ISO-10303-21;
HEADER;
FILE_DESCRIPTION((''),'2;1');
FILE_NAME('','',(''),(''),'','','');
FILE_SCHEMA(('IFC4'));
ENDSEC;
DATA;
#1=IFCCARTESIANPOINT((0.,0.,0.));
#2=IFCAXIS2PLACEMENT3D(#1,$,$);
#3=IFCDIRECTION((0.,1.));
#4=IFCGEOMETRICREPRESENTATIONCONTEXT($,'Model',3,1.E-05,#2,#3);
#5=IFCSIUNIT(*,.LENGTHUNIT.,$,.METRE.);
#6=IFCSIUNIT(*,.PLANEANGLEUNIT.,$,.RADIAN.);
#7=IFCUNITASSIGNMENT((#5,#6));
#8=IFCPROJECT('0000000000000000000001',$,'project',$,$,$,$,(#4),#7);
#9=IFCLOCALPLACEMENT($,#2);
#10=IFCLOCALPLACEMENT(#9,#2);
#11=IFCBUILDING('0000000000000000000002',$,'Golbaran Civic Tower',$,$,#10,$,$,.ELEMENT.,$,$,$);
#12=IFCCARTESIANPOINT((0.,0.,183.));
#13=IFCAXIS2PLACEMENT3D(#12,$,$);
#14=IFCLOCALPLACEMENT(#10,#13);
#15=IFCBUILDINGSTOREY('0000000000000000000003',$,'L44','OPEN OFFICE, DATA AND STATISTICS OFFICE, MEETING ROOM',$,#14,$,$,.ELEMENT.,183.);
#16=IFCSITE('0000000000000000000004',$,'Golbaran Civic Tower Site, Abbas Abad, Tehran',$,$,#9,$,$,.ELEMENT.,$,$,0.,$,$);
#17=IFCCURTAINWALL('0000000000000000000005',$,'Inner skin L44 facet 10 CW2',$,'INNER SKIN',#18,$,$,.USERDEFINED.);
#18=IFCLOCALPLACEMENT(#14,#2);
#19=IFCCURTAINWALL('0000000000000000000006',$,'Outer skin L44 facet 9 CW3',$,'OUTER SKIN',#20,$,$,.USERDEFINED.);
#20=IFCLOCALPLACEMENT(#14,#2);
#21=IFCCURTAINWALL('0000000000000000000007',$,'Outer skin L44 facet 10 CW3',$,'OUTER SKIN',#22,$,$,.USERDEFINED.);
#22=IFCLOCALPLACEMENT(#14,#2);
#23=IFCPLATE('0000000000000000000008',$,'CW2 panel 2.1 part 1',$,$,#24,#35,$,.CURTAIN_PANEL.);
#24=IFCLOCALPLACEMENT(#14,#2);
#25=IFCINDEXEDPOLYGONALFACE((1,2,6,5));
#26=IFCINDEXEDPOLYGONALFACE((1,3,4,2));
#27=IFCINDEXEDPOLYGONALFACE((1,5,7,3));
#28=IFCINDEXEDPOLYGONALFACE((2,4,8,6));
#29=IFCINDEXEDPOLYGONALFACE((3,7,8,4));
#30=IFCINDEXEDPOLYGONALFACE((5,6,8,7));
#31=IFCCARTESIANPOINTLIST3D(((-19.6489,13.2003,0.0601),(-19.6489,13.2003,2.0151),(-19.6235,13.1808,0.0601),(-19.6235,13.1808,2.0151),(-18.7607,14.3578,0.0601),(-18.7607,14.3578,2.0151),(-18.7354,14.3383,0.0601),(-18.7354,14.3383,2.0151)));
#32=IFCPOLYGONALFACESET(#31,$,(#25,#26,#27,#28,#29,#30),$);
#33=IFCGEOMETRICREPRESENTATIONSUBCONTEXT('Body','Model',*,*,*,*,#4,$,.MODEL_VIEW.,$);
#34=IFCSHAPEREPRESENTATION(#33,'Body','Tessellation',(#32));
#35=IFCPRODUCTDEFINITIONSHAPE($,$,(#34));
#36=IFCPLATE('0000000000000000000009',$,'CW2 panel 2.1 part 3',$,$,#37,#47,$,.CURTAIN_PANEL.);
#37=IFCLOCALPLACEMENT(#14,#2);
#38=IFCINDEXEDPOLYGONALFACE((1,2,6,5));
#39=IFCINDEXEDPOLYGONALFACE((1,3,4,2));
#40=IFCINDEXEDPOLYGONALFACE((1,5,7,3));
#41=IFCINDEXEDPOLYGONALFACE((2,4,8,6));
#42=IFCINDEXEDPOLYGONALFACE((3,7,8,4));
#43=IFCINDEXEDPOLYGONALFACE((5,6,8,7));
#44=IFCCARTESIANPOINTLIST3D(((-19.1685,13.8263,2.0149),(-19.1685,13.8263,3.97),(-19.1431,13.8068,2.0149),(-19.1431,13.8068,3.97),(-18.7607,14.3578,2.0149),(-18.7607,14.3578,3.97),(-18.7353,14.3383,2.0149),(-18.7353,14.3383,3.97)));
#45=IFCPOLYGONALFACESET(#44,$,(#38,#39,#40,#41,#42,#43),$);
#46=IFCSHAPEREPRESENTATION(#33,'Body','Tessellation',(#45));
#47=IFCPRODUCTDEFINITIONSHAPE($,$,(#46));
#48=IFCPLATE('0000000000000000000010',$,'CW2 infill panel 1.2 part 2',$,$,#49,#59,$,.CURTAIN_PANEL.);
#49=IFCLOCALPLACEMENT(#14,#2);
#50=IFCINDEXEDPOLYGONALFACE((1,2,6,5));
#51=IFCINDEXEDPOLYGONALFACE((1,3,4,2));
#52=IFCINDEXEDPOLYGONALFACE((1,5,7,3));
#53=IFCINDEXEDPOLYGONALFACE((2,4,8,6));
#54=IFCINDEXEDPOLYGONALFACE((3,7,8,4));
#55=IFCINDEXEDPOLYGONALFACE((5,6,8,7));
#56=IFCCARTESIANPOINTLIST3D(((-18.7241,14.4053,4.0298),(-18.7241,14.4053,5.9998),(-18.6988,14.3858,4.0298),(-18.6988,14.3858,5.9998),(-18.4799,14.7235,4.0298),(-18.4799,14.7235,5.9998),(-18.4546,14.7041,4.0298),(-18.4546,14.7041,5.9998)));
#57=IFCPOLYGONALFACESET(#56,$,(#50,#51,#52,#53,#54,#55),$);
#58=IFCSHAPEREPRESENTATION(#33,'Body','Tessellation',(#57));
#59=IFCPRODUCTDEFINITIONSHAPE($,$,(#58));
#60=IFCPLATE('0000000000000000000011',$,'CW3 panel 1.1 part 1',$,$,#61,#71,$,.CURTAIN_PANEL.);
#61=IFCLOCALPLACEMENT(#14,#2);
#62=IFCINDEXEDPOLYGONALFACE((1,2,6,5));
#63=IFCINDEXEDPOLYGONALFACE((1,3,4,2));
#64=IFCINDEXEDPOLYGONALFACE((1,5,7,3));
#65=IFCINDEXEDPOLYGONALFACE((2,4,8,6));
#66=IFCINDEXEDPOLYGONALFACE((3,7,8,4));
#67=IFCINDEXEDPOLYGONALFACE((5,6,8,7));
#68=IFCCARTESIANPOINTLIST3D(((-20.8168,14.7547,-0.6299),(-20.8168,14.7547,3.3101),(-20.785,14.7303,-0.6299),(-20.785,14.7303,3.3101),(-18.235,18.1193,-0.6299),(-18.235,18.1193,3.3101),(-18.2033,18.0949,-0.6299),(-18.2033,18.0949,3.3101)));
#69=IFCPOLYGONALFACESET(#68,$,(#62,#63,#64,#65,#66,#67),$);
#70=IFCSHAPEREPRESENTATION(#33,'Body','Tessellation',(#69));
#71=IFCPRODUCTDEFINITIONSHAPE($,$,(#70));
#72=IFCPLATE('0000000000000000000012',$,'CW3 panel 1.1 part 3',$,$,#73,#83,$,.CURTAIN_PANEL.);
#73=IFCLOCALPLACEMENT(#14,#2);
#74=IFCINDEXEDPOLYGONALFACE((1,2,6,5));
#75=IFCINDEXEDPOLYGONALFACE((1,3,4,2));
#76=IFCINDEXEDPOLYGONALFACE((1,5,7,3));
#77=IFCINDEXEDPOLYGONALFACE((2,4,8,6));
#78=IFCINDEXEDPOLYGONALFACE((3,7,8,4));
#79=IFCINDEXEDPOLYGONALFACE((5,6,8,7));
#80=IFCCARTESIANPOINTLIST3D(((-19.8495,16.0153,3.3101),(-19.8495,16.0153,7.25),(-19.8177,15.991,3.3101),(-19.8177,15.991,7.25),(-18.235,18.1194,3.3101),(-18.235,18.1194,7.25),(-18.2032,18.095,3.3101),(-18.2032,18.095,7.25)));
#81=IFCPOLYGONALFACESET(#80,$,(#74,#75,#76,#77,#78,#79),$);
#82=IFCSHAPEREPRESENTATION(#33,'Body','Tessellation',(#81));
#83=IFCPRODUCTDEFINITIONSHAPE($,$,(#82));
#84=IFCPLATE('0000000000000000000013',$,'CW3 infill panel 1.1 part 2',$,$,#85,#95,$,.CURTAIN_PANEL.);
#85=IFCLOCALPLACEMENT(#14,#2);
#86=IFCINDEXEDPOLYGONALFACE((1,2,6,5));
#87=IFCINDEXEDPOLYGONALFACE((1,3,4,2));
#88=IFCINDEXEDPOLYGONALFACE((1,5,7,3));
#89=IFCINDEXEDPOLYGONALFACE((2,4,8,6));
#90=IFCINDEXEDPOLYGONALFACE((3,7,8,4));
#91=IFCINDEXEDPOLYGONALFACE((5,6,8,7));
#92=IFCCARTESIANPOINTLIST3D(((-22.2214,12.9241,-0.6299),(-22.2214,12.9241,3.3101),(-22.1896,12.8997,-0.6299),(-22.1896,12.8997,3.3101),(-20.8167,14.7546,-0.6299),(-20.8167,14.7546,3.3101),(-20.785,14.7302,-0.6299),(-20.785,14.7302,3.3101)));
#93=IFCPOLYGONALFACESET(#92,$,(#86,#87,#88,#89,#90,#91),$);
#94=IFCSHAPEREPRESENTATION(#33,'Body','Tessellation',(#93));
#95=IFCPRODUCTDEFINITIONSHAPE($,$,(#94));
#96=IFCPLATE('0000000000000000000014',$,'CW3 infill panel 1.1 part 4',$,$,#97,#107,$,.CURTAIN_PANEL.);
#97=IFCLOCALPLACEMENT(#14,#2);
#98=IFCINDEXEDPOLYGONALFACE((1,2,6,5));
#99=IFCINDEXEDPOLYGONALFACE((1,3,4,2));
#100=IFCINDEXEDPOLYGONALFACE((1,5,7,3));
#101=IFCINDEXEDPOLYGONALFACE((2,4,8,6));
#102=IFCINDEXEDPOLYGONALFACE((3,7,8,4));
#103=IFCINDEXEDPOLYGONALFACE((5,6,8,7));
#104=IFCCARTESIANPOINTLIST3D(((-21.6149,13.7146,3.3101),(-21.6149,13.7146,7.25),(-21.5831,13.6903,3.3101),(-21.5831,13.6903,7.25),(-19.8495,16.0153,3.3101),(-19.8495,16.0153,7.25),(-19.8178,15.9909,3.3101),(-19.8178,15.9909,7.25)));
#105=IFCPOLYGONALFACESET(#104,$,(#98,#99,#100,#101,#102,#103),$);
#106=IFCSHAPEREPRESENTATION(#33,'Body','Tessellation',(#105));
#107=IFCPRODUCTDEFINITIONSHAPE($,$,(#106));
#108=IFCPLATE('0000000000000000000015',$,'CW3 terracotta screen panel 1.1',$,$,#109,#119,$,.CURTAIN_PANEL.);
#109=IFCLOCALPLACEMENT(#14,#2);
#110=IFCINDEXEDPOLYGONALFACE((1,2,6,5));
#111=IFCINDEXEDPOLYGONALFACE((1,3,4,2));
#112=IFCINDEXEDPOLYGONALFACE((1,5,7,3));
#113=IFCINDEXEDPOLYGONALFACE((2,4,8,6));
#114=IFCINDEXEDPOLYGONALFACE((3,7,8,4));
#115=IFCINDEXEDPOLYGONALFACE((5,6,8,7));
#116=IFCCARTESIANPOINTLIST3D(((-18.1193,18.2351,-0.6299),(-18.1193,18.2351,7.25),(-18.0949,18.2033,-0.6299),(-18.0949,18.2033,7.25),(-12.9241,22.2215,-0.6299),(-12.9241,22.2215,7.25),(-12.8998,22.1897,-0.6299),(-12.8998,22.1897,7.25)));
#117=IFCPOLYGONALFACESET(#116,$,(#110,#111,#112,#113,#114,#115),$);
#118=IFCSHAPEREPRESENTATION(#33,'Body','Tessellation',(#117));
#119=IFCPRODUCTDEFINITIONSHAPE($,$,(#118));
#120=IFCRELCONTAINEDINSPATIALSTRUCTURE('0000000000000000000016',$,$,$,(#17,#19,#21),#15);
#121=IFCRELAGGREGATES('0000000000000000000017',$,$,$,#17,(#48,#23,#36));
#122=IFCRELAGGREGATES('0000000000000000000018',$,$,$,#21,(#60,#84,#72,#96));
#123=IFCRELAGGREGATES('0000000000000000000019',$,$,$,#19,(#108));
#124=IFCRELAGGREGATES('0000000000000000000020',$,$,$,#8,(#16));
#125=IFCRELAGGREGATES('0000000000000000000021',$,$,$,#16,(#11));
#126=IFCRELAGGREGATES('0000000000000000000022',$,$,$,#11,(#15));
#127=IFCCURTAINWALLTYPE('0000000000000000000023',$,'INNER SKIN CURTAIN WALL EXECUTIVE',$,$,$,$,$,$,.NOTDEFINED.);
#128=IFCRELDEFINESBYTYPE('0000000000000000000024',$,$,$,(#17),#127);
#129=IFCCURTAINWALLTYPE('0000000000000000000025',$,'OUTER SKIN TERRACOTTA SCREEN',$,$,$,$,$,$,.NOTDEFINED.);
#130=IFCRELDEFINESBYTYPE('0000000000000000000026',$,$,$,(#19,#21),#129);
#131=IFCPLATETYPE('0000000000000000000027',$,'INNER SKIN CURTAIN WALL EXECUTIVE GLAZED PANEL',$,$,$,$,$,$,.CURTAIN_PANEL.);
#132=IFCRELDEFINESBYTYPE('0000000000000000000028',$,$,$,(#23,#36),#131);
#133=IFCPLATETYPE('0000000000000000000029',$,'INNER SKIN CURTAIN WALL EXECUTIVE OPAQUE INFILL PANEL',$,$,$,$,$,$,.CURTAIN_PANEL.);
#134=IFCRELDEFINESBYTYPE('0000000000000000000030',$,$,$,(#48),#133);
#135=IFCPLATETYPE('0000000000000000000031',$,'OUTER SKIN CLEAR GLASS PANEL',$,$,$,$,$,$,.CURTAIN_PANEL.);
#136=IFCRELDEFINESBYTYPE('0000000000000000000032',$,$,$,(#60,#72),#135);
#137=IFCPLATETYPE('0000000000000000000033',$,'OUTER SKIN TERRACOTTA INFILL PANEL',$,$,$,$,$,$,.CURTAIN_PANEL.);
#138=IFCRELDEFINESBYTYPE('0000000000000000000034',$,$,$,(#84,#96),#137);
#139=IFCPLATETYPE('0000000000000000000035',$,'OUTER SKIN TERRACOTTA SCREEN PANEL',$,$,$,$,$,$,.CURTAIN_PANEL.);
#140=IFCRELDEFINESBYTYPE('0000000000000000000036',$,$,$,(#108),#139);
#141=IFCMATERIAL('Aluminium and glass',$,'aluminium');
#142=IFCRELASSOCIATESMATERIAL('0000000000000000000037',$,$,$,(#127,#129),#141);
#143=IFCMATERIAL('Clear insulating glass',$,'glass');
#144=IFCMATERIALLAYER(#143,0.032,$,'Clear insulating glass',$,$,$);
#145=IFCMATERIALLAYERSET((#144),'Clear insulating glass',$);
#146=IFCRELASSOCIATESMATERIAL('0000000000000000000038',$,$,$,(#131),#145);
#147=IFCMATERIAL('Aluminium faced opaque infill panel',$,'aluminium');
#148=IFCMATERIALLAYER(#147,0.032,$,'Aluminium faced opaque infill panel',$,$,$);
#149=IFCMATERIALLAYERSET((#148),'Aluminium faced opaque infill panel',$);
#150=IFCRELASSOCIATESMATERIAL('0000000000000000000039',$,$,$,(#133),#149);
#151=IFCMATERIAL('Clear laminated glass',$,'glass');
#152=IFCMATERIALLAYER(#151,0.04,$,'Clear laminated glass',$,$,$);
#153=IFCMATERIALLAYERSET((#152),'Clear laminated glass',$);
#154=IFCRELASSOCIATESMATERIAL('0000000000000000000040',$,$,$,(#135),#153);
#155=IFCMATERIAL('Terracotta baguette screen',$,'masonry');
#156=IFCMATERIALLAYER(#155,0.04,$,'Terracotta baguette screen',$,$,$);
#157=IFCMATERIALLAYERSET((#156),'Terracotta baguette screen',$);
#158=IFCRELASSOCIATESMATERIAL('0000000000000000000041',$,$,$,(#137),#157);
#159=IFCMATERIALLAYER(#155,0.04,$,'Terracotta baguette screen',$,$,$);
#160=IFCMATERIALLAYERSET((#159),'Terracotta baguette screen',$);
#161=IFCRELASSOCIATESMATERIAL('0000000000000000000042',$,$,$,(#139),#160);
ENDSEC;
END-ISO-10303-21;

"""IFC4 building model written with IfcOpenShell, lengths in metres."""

from ifc_helpers import new_model, si_unit, direction, frame, origin, origin_2d, place, context, subcontext, project, spatial, rectangle, extrude, material, layer, layer_set, type_object, element, aggregate, save


model = new_model("IFC4")

# Units and contexts
model_context = context("Model", 3, precision=1e-05, world=origin(), true_north=direction((0.0, 1.0)))
body_context = subcontext(model_context, "Body", "Model", "MODEL_VIEW")
ifc_project = project(units=[si_unit("LENGTHUNIT", "METRE"), si_unit("PLANEANGLEUNIT", "RADIAN")], contexts=[model_context])

# Site, building, storey
site_placement = place(None, origin())
site = spatial("IfcSite", under=ifc_project, at=site_placement, Name="Golbaran Civic Tower Site, Abbas Abad, Tehran", CompositionType="ELEMENT", RefElevation=0.0)
building_placement = place(site_placement, origin())
building = spatial("IfcBuilding", under=site, at=building_placement, Name="Golbaran Civic Tower", CompositionType="ELEMENT")
storey_placement = place(building_placement, frame((0.0, 0.0, 183.0)))
storey = spatial("IfcBuildingStorey", under=building, at=storey_placement, Name="L44", Description="OPEN OFFICE, DATA AND STATISTICS OFFICE, MEETING ROOM", CompositionType="ELEMENT", Elevation=183.0)

# Shared definitions
ifc_material_1 = material(Name="Aluminium and glass", Category="aluminium")
curtain_wall_type_1 = type_object("IfcCurtainWallType", Name="INNER SKIN CURTAIN WALL EXECUTIVE", PredefinedType="NOTDEFINED", material=ifc_material_1)

# Curtain wall
curtain_wall_1_placement = place(storey_placement, origin())
curtain_wall_1 = element("IfcCurtainWall", 1, at=curtain_wall_1_placement, inside=storey, type_object=curtain_wall_type_1, Name="Inner skin L44 facet 10 CW2", ObjectType="INNER SKIN", PredefinedType="USERDEFINED")

# Curtain wall
curtain_wall_type_2 = type_object("IfcCurtainWallType", Name="OUTER SKIN TERRACOTTA SCREEN", PredefinedType="NOTDEFINED", material=ifc_material_1)
curtain_wall_2_placement = place(storey_placement, origin())
curtain_wall_2 = element("IfcCurtainWall", 2, at=curtain_wall_2_placement, inside=storey, type_object=curtain_wall_type_2, Name="Outer skin L44 facet 9 CW3", ObjectType="OUTER SKIN", PredefinedType="USERDEFINED")

# Curtain wall
curtain_wall_3_placement = place(storey_placement, origin())
curtain_wall_3 = element("IfcCurtainWall", 3, at=curtain_wall_3_placement, inside=storey, type_object=curtain_wall_type_2, Name="Outer skin L44 facet 10 CW3", ObjectType="OUTER SKIN", PredefinedType="USERDEFINED")

# Plates
ifc_material_2 = material(Name="Clear insulating glass", Category="glass")
ifc_layer_1 = layer(ifc_material_2, 0.032, Name="Clear insulating glass")
ifc_layer_set_1 = layer_set([ifc_layer_1], Name="Clear insulating glass")
plate_type_1 = type_object("IfcPlateType", Name="INNER SKIN CURTAIN WALL EXECUTIVE GLAZED PANEL", PredefinedType="CURTAIN_PANEL", material=ifc_layer_set_1)
plate_1_placement = place(storey_placement, frame((-19.1921, 13.7693, 0.0601), z_axis=(0.0, 0.0, 1.0), x_axis=(-0.608761, -0.793353, 0.0)))
plate_1 = element("IfcPlate", 4, at=plate_1_placement, type_object=plate_type_1, Name="CW2 panel 2.1 part 1", PredefinedType="CURTAIN_PANEL", context=body_context, shape_type="SweptSolid", body=[
    extrude(rectangle(XDim=1.459, YDim=0.032, at=origin_2d()), origin(), (0.0, 0.0, 1.0), 1.9551),
])
plate_2_placement = place(storey_placement, frame((-18.9519, 14.0823, 2.0149), z_axis=(0.0, 0.0, 1.0), x_axis=(-0.608761, -0.793353, 0.0)))
plate_2 = element("IfcPlate", 5, at=plate_2_placement, type_object=plate_type_1, Name="CW2 panel 2.1 part 3", PredefinedType="CURTAIN_PANEL", context=body_context, shape_type="SweptSolid", body=[
    extrude(rectangle(XDim=0.6699, YDim=0.032, at=origin_2d()), origin(), (0.0, 0.0, 1.0), 1.9551),
])
ifc_material_3 = material(Name="Aluminium faced opaque infill panel", Category="aluminium")
ifc_layer_2 = layer(ifc_material_3, 0.032, Name="Aluminium faced opaque infill panel")
ifc_layer_set_2 = layer_set([ifc_layer_2], Name="Aluminium faced opaque infill panel")
plate_type_2 = type_object("IfcPlateType", Name="INNER SKIN CURTAIN WALL EXECUTIVE OPAQUE INFILL PANEL", PredefinedType="CURTAIN_PANEL", material=ifc_layer_set_2)
plate_3_placement = place(storey_placement, frame((-18.5894, 14.5547, 4.0298), z_axis=(0.0, 0.0, 1.0), x_axis=(-0.608761, -0.793353, 0.0)))
plate_3 = element("IfcPlate", 6, at=plate_3_placement, type_object=plate_type_2, Name="CW2 infill panel 1.2 part 2", PredefinedType="CURTAIN_PANEL", context=body_context, shape_type="SweptSolid", body=[
    extrude(rectangle(XDim=0.4011, YDim=0.032, at=origin_2d()), origin(), (0.0, 0.0, 1.0), 1.97),
])
aggregate(curtain_wall_1, [plate_3, plate_1, plate_2])
ifc_material_4 = material(Name="Clear laminated glass", Category="glass")
ifc_layer_3 = layer(ifc_material_4, 0.04, Name="Clear laminated glass")
ifc_layer_set_3 = layer_set([ifc_layer_3], Name="Clear laminated glass")
plate_type_3 = type_object("IfcPlateType", Name="OUTER SKIN CLEAR GLASS PANEL", PredefinedType="CURTAIN_PANEL", material=ifc_layer_set_3)
plate_4_placement = place(storey_placement, frame((-19.51, 16.4248, -0.6299), z_axis=(0.0, 0.0, 1.0), x_axis=(-0.608761, -0.793353, 0.0)))
plate_4 = element("IfcPlate", 7, at=plate_4_placement, type_object=plate_type_3, Name="CW3 panel 1.1 part 1", PredefinedType="CURTAIN_PANEL", context=body_context, shape_type="SweptSolid", body=[
    extrude(rectangle(XDim=4.241, YDim=0.04, at=origin_2d()), origin(), (0.0, 0.0, 1.0), 3.9399),
])
plate_5_placement = place(storey_placement, frame((-19.0264, 17.0552, 3.3101), z_axis=(0.0, 0.0, 1.0), x_axis=(-0.608761, -0.793353, 0.0)))
plate_5 = element("IfcPlate", 8, at=plate_5_placement, type_object=plate_type_3, Name="CW3 panel 1.1 part 3", PredefinedType="CURTAIN_PANEL", context=body_context, shape_type="SweptSolid", body=[
    extrude(rectangle(XDim=2.6521, YDim=0.04, at=origin_2d()), origin(), (0.0, 0.0, 1.0), 3.9399),
])
ifc_material_5 = material(Name="Terracotta baguette screen", Category="masonry")
ifc_layer_4 = layer(ifc_material_5, 0.04, Name="Terracotta baguette screen")
ifc_layer_set_4 = layer_set([ifc_layer_4], Name="Terracotta baguette screen")
plate_type_4 = type_object("IfcPlateType", Name="OUTER SKIN TERRACOTTA INFILL PANEL", PredefinedType="CURTAIN_PANEL", material=ifc_layer_set_4)
plate_6_placement = place(storey_placement, frame((-21.5032, 13.8271, -0.6299), z_axis=(0.0, 0.0, 1.0), x_axis=(-0.608761, -0.793353, 0.0)))
plate_6 = element("IfcPlate", 9, at=plate_6_placement, type_object=plate_type_4, Name="CW3 infill panel 1.1 part 2", PredefinedType="CURTAIN_PANEL", context=body_context, shape_type="SweptSolid", body=[
    extrude(rectangle(XDim=2.3074, YDim=0.04, at=origin_2d()), origin(), (0.0, 0.0, 1.0), 3.9399),
])
plate_7_placement = place(storey_placement, frame((-20.7163, 14.8528, 3.3101), z_axis=(0.0, 0.0, 1.0), x_axis=(-0.608761, -0.793353, 0.0)))
plate_7 = element("IfcPlate", 10, at=plate_7_placement, type_object=plate_type_4, Name="CW3 infill panel 1.1 part 4", PredefinedType="CURTAIN_PANEL", context=body_context, shape_type="SweptSolid", body=[
    extrude(rectangle(XDim=2.8999, YDim=0.04, at=origin_2d()), origin(), (0.0, 0.0, 1.0), 3.9399),
])
aggregate(curtain_wall_3, [plate_4, plate_6, plate_5, plate_7])
ifc_layer_5 = layer(ifc_material_5, 0.04, Name="Terracotta baguette screen")
ifc_layer_set_5 = layer_set([ifc_layer_5], Name="Terracotta baguette screen")
plate_type_5 = type_object("IfcPlateType", Name="OUTER SKIN TERRACOTTA SCREEN PANEL", PredefinedType="CURTAIN_PANEL", material=ifc_layer_set_5)
plate_8_placement = place(storey_placement, frame((-15.5095, 20.2124, -0.6299), z_axis=(0.0, 0.0, 1.0), x_axis=(-0.793353, -0.608761, 0.0)))
plate_8 = element("IfcPlate", 11, at=plate_8_placement, type_object=plate_type_5, Name="CW3 terracotta screen panel 1.1", PredefinedType="CURTAIN_PANEL", context=body_context, shape_type="SweptSolid", body=[
    extrude(rectangle(XDim=6.5483, YDim=0.04, at=origin_2d()), origin(), (0.0, 0.0, 1.0), 7.8799),
])
aggregate(curtain_wall_2, [plate_8])

save(model, "model.ifc")
